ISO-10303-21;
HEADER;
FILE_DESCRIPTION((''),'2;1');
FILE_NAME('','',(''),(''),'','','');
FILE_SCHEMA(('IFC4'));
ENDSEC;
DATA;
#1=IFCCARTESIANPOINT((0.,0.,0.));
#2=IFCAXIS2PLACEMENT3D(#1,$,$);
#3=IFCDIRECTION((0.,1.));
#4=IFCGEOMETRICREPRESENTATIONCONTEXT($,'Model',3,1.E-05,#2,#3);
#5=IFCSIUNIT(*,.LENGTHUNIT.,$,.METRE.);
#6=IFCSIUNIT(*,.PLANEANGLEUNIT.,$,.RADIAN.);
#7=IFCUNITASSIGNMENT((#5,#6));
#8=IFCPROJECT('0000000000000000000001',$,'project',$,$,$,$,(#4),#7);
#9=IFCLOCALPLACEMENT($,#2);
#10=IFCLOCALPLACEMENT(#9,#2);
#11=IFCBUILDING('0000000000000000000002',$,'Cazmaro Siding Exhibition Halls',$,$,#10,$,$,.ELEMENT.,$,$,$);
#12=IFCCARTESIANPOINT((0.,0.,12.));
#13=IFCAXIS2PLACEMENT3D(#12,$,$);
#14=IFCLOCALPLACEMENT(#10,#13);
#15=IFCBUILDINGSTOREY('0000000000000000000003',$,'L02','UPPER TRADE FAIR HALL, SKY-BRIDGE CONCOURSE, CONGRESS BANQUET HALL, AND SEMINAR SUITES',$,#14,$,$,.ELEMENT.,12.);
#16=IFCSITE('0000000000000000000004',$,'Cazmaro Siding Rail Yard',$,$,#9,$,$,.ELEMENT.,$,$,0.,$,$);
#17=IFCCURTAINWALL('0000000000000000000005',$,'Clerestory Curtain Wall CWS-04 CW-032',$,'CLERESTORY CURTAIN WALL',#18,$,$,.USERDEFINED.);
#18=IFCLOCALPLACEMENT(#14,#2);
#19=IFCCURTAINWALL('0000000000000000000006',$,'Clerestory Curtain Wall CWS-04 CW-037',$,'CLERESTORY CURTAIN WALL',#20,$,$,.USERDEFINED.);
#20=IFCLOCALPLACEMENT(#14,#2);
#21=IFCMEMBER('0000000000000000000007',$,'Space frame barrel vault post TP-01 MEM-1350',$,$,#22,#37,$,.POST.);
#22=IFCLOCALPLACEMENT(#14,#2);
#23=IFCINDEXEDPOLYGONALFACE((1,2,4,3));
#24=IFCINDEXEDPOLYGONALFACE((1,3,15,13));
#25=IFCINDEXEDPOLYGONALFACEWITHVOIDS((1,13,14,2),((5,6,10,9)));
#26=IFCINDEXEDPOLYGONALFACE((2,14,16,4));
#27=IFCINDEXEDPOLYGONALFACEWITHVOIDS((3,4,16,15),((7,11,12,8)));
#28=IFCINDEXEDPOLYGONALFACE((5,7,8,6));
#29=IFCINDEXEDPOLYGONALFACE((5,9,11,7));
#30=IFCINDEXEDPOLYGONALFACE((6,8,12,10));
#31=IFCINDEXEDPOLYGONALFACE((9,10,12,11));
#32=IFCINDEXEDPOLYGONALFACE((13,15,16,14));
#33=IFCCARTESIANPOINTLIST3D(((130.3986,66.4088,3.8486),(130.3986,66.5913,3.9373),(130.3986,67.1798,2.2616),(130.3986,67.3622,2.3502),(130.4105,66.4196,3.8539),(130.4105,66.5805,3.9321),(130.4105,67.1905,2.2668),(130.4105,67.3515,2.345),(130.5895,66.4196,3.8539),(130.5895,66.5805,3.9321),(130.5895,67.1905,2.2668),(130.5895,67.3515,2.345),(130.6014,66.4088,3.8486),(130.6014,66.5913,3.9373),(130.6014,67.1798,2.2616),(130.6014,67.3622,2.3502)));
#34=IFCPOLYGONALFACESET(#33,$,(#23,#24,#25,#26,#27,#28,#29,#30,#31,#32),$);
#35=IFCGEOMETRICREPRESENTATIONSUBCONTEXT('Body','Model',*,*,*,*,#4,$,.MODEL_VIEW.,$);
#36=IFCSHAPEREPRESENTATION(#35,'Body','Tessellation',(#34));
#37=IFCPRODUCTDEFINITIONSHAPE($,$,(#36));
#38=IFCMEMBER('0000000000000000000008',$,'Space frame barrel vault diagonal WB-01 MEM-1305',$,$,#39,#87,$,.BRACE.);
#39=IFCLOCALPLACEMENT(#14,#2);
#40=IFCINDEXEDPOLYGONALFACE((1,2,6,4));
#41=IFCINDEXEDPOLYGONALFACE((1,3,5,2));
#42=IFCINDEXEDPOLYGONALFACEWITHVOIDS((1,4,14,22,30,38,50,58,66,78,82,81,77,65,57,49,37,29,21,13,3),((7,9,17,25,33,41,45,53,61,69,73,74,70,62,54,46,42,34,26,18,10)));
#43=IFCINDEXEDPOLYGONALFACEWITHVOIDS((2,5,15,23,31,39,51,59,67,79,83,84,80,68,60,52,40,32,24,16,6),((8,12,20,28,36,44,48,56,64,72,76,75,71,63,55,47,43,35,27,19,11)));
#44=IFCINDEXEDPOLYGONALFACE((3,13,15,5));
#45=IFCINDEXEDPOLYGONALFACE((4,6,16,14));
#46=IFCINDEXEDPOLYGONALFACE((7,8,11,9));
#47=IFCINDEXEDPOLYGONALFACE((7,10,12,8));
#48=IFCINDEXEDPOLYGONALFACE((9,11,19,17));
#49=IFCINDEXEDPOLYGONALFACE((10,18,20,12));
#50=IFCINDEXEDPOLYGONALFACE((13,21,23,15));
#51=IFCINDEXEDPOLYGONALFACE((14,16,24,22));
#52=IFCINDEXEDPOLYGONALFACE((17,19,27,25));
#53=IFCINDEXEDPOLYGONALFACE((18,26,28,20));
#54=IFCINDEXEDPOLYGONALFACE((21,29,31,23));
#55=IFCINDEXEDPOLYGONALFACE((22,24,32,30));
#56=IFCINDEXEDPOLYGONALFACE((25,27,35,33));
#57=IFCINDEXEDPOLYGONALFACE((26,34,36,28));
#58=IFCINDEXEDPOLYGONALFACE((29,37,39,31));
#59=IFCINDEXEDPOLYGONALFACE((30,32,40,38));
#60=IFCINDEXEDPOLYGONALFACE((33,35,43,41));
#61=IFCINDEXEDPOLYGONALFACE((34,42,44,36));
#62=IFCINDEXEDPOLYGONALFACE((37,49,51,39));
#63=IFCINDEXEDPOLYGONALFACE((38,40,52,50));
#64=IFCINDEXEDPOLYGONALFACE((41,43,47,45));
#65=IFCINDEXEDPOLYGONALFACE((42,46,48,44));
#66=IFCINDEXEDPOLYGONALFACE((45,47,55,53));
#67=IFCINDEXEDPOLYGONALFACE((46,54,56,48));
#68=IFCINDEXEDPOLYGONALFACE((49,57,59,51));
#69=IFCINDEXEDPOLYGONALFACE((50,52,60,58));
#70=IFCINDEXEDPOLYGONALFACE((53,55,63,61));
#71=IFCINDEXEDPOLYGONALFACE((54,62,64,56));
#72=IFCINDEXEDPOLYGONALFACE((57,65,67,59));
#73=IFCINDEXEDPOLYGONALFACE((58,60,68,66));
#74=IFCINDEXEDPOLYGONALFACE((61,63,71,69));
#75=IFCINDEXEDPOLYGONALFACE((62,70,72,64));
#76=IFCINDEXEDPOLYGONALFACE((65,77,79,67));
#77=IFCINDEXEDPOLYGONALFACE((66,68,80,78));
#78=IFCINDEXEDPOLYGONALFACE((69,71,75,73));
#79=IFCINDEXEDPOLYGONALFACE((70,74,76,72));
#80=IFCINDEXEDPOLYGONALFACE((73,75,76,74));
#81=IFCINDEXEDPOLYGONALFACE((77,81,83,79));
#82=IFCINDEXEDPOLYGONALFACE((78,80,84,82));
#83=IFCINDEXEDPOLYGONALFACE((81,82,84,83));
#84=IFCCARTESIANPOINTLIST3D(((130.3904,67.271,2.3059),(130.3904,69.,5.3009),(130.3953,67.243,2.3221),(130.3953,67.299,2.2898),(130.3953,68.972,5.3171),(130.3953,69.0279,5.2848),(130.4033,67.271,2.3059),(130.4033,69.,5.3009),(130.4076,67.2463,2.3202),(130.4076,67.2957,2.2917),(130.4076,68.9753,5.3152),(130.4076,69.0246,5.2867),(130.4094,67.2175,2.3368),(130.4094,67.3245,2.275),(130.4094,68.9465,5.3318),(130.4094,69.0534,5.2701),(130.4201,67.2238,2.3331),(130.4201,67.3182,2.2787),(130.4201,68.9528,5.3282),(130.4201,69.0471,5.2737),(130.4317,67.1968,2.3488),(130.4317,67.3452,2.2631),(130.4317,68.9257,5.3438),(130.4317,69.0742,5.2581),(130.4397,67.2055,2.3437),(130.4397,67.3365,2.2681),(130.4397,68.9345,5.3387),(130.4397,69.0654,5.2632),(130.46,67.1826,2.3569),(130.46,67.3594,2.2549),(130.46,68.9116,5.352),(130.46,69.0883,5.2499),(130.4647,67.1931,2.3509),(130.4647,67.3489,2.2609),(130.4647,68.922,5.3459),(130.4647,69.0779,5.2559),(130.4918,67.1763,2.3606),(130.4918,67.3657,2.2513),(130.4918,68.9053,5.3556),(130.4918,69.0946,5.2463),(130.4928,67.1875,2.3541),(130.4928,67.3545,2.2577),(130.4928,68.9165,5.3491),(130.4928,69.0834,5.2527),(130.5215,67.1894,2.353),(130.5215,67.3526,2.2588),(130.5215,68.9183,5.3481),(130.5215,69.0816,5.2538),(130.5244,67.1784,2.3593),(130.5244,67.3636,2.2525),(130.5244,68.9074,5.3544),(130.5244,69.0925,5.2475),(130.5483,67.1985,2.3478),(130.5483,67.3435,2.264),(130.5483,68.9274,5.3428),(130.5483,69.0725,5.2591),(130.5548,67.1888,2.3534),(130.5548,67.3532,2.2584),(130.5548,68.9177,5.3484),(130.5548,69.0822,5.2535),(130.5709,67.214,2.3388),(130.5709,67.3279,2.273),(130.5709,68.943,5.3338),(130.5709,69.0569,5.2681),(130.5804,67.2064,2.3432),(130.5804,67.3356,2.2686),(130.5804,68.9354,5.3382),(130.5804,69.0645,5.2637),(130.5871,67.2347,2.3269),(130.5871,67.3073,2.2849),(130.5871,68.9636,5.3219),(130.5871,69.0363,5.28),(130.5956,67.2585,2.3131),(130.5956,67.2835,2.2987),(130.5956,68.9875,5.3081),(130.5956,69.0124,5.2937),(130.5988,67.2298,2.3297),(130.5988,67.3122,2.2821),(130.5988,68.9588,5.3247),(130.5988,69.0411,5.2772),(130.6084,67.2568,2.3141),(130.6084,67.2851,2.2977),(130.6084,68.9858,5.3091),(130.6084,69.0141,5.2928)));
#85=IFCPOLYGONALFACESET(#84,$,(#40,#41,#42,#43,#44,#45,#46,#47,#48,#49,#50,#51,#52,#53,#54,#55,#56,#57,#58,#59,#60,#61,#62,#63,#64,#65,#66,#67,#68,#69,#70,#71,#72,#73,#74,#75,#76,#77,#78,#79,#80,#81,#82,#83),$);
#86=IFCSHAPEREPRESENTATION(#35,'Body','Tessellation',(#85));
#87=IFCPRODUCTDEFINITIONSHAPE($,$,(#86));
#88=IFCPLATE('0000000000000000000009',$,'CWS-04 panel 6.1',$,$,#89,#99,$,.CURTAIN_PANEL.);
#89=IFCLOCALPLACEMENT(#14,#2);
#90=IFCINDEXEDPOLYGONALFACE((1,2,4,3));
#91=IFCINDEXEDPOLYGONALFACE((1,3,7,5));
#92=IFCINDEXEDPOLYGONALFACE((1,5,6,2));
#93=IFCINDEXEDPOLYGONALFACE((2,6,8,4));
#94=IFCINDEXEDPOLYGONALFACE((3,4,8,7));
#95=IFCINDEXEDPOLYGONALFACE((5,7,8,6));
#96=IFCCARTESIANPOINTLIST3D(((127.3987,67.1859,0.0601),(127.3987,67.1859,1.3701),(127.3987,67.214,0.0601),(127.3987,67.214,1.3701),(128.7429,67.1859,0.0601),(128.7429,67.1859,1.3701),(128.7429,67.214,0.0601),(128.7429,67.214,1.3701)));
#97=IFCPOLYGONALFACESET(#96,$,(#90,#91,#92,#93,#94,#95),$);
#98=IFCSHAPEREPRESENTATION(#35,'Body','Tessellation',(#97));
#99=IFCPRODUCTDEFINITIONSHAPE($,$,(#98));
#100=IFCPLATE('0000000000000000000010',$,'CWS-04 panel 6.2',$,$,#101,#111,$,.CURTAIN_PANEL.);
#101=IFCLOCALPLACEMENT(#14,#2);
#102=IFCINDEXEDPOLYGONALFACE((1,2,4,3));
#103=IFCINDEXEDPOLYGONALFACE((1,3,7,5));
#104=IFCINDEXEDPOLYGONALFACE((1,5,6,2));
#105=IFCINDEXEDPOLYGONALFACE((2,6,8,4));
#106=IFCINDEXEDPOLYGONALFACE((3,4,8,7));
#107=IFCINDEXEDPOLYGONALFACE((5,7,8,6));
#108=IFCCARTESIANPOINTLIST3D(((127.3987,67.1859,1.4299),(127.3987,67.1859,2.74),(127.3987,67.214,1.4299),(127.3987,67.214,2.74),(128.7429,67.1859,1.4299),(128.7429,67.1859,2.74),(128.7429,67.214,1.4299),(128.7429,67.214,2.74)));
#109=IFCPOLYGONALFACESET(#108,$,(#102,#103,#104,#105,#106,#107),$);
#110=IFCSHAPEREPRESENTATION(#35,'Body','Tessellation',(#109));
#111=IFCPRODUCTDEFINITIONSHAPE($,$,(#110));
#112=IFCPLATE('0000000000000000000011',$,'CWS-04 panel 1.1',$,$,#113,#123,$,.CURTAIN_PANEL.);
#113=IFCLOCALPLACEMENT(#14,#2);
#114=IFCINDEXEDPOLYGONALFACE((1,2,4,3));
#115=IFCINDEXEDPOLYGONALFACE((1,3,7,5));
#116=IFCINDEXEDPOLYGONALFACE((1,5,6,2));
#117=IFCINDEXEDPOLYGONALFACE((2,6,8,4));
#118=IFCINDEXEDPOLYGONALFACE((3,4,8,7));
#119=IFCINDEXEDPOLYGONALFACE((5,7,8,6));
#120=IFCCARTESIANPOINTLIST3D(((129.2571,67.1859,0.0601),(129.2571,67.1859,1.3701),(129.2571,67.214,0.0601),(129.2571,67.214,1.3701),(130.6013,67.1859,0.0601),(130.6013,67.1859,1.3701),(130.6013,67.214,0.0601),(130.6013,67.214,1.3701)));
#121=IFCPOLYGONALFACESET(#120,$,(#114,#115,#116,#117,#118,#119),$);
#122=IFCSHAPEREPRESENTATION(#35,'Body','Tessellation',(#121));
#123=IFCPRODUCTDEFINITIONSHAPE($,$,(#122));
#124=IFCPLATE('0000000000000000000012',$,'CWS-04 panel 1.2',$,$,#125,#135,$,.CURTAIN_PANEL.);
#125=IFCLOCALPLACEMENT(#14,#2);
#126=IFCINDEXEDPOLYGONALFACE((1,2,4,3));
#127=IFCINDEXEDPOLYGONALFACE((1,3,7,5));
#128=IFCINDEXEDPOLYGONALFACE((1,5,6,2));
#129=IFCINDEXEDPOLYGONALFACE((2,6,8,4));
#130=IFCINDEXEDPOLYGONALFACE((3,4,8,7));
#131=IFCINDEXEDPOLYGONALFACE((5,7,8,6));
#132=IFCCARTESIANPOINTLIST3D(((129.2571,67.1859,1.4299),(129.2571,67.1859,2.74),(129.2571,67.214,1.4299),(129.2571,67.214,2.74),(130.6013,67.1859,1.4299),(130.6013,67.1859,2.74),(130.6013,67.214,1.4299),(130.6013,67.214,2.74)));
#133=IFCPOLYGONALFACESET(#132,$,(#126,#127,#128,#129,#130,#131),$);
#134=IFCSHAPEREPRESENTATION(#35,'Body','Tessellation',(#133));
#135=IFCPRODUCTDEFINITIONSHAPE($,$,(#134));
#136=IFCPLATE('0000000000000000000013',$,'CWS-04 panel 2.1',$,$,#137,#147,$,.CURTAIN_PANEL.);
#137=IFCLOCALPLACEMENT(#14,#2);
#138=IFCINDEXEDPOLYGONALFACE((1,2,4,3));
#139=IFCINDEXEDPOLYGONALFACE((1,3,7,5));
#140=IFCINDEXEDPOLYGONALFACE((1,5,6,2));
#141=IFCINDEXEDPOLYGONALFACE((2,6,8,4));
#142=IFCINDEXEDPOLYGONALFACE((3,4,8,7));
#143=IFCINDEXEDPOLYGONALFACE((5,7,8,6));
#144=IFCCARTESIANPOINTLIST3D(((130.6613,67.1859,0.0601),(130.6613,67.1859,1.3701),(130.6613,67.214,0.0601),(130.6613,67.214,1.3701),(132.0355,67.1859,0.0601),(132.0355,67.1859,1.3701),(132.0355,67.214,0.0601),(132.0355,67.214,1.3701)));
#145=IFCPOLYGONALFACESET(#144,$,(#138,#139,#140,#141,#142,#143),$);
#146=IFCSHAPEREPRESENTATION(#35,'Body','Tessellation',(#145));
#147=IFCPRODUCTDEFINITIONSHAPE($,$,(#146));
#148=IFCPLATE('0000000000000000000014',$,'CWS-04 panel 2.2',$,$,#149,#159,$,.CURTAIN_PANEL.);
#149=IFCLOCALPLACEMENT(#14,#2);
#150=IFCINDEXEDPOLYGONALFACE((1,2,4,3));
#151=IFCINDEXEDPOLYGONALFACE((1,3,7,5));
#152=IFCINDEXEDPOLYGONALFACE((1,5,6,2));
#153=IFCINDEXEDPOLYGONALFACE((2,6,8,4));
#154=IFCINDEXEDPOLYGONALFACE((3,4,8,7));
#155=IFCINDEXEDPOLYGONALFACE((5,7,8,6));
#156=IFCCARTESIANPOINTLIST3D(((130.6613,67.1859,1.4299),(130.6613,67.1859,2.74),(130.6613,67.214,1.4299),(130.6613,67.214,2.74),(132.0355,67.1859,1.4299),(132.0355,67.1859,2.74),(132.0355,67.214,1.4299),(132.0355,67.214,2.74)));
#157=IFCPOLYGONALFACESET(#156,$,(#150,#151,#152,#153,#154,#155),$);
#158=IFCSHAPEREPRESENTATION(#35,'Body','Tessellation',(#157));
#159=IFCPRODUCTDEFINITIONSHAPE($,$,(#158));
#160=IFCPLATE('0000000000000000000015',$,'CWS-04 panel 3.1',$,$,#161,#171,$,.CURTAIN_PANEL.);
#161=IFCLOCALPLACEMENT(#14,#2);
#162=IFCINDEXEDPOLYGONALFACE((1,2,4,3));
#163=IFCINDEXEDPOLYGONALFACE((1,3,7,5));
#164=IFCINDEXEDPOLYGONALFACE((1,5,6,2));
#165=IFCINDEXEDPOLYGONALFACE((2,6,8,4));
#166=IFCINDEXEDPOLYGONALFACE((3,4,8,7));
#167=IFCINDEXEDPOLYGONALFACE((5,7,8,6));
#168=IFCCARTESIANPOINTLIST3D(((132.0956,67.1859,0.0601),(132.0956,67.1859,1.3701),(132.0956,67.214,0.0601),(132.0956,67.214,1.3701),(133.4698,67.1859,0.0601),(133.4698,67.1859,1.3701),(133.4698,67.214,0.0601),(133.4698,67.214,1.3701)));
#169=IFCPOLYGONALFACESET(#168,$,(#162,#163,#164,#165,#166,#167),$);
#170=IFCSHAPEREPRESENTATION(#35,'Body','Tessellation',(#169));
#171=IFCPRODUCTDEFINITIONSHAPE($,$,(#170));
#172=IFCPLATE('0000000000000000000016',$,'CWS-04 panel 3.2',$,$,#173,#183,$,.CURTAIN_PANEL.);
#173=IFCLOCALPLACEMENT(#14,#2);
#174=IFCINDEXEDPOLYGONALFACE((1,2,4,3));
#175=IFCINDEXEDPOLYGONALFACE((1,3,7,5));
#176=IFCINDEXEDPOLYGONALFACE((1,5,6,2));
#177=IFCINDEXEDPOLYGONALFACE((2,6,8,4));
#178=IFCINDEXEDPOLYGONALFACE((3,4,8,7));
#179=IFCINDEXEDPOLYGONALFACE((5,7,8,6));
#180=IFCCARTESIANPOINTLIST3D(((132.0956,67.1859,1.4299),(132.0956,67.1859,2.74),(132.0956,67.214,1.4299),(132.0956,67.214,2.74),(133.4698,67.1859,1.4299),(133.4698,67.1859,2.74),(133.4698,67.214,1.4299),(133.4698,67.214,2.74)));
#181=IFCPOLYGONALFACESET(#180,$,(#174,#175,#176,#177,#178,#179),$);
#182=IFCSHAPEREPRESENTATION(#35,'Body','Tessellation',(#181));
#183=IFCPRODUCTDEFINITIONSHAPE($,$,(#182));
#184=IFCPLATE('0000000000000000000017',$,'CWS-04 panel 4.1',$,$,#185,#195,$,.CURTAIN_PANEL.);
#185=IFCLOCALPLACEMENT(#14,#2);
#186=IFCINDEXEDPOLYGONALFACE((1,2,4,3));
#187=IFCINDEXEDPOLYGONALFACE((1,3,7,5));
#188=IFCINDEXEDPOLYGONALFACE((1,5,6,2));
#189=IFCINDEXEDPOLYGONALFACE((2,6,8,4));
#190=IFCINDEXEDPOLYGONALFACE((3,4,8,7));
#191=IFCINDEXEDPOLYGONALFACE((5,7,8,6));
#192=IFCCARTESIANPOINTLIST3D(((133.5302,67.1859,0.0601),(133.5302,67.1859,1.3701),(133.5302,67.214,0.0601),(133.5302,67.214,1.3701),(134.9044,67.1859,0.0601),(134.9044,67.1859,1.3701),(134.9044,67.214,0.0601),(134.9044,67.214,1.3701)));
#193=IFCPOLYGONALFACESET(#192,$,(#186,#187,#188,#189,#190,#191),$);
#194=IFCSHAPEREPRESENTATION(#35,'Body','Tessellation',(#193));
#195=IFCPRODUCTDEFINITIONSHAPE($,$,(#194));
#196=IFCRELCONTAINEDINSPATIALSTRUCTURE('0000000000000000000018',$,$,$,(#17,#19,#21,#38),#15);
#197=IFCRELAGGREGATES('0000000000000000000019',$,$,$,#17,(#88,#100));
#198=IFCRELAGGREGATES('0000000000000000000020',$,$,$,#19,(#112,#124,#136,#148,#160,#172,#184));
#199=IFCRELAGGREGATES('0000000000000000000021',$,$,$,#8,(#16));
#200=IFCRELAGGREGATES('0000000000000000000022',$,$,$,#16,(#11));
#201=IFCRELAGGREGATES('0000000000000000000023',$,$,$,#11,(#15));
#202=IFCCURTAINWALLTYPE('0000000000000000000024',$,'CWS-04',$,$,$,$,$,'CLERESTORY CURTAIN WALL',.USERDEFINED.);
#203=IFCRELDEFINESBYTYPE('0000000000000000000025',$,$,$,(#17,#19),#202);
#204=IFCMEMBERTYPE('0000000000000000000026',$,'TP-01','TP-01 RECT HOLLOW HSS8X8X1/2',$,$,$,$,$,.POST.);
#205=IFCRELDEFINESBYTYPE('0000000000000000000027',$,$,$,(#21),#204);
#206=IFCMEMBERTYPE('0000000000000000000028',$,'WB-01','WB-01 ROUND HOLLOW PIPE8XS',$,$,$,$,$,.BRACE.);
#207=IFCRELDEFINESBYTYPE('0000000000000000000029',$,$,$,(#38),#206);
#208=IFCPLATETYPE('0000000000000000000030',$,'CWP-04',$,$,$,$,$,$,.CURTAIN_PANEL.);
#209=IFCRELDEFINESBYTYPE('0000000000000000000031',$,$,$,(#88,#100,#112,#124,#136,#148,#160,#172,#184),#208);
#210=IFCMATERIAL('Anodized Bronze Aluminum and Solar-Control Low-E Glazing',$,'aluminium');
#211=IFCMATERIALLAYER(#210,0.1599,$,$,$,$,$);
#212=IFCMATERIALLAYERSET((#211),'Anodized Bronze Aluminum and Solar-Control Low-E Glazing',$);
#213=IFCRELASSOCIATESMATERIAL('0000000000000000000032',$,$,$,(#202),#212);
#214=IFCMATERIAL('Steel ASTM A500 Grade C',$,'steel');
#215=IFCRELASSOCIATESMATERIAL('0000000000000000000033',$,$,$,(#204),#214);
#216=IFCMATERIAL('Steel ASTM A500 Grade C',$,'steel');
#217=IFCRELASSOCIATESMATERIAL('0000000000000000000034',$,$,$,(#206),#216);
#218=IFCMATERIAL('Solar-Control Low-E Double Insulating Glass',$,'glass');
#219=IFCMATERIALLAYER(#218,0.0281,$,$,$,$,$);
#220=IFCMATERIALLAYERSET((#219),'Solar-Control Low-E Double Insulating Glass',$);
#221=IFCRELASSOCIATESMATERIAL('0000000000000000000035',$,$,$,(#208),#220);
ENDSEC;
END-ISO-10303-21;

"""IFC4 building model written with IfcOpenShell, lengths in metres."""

from ifc_helpers import new_model, si_unit, direction, frame, origin, origin_2d, place, context, subcontext, project, spatial, rectangle, hollow_rectangle, hollow_circle, extrude, material, layer, layer_set, material_profile, profile_set, type_object, element, aggregate, save


model = new_model("IFC4")

# Units and contexts
model_context = context("Model", 3, precision=1e-05, world=origin(), true_north=direction((0.0, 1.0)))
body_context = subcontext(model_context, "Body", "Model", "MODEL_VIEW")
ifc_project = project(units=[si_unit("LENGTHUNIT", "METRE"), si_unit("PLANEANGLEUNIT", "RADIAN")], contexts=[model_context])

# Site, building, storey
site_placement = place(None, origin())
site = spatial("IfcSite", under=ifc_project, at=site_placement, Name="Cazmaro Siding Rail Yard", CompositionType="ELEMENT", RefElevation=0.0)
building_placement = place(site_placement, origin())
building = spatial("IfcBuilding", under=site, at=building_placement, Name="Cazmaro Siding Exhibition Halls", CompositionType="ELEMENT")
storey_placement = place(building_placement, frame((0.0, 0.0, 12.0)))
storey = spatial("IfcBuildingStorey", under=building, at=storey_placement, Name="L02", Description="UPPER TRADE FAIR HALL, SKY-BRIDGE CONCOURSE, CONGRESS BANQUET HALL, AND SEMINAR SUITES", CompositionType="ELEMENT", Elevation=12.0)

# Curtain wall
ifc_material_1 = material(Name="Anodized Bronze Aluminum and Solar-Control Low-E Glazing", Category="aluminium")
ifc_layer_1 = layer(ifc_material_1, 0.1599)
ifc_layer_set_1 = layer_set([ifc_layer_1], Name="Anodized Bronze Aluminum and Solar-Control Low-E Glazing")
curtain_wall_type = type_object("IfcCurtainWallType", Name="CWS-04", ElementType="CLERESTORY CURTAIN WALL", PredefinedType="USERDEFINED", material=ifc_layer_set_1)
curtain_wall_1_placement = place(storey_placement, origin())
curtain_wall_1 = element("IfcCurtainWall", 1, at=curtain_wall_1_placement, inside=storey, type_object=curtain_wall_type, Name="Clerestory Curtain Wall CWS-04 CW-032", ObjectType="CLERESTORY CURTAIN WALL", PredefinedType="USERDEFINED")

# Curtain wall
curtain_wall_2_placement = place(storey_placement, origin())
curtain_wall_2 = element("IfcCurtainWall", 2, at=curtain_wall_2_placement, inside=storey, type_object=curtain_wall_type, Name="Clerestory Curtain Wall CWS-04 CW-037", ObjectType="CLERESTORY CURTAIN WALL", PredefinedType="USERDEFINED")

# Members
ifc_material_2 = material(Name="Steel ASTM A500 Grade C", Category="steel")
ifc_material_profile_1 = material_profile(ifc_material_2, hollow_rectangle(XDim=0.2029, YDim=0.2029, WallThickness=0.012, at=origin_2d()), Name="HSS8X8X1/2")
ifc_profile_set_1 = profile_set([ifc_material_profile_1], Name="Steel ASTM A500 Grade C")
member_type_1 = type_object("IfcMemberType", Name="TP-01", Description="TP-01 RECT HOLLOW HSS8X8X1/2", PredefinedType="POST", material=ifc_profile_set_1)
member_1_placement = place(storey_placement, frame((130.5, 67.271, 2.3059), z_axis=(0.0, -0.436946, 0.899488), x_axis=(1.0, 0.0, 0.0)))
element("IfcMember", 3, at=member_1_placement, inside=storey, type_object=member_type_1, Name="Space frame barrel vault post TP-01 MEM-1350", PredefinedType="POST", context=body_context, shape_type="SweptSolid", body=[
    extrude(hollow_rectangle(XDim=0.2029, YDim=0.2029, WallThickness=0.012, at=origin_2d()), origin(), (0.0, 0.0, 1.0), 1.7644),
])
ifc_material_3 = material(Name="Steel ASTM A500 Grade C", Category="steel")
ifc_material_profile_2 = material_profile(ifc_material_3, hollow_circle(Radius=0.1096, WallThickness=0.0129, at=origin_2d()), Name="PIPE8XS")
ifc_profile_set_2 = profile_set([ifc_material_profile_2], Name="Steel ASTM A500 Grade C")
member_type_2 = type_object("IfcMemberType", Name="WB-01", Description="WB-01 ROUND HOLLOW PIPE8XS", PredefinedType="BRACE", material=ifc_profile_set_2)
member_2_placement = place(storey_placement, frame((130.5, 67.271, 2.3059), z_axis=(0.0, 0.499951, 0.866054), x_axis=(-1.0, 0.0, 0.0)))
element("IfcMember", 4, at=member_2_placement, inside=storey, type_object=member_type_2, Name="Space frame barrel vault diagonal WB-01 MEM-1305", PredefinedType="BRACE", context=body_context, shape_type="SweptSolid", body=[
    extrude(hollow_circle(Radius=0.1096, WallThickness=0.0129, at=origin_2d()), origin(), (0.0, 0.0, 1.0), 3.4583),
])

# Plates
ifc_material_4 = material(Name="Solar-Control Low-E Double Insulating Glass", Category="glass")
ifc_layer_2 = layer(ifc_material_4, 0.0281)
ifc_layer_set_2 = layer_set([ifc_layer_2], Name="Solar-Control Low-E Double Insulating Glass")
plate_type = type_object("IfcPlateType", Name="CWP-04", PredefinedType="CURTAIN_PANEL", material=ifc_layer_set_2)
plate_1_placement = place(storey_placement, frame((128.0708, 67.2, 0.0601), z_axis=(0.0, 0.0, 1.0), x_axis=(1.0, 0.0, 0.0)))
plate_1 = element("IfcPlate", 5, at=plate_1_placement, type_object=plate_type, Name="CWS-04 panel 6.1", PredefinedType="CURTAIN_PANEL", context=body_context, shape_type="SweptSolid", body=[
    extrude(rectangle(XDim=1.3442, YDim=0.0281, at=origin_2d()), origin(), (0.0, 0.0, 1.0), 1.3101),
])
plate_2_placement = place(storey_placement, frame((128.0708, 67.2, 1.4299), z_axis=(0.0, 0.0, 1.0), x_axis=(1.0, 0.0, 0.0)))
plate_2 = element("IfcPlate", 6, at=plate_2_placement, type_object=plate_type, Name="CWS-04 panel 6.2", PredefinedType="CURTAIN_PANEL", context=body_context, shape_type="SweptSolid", body=[
    extrude(rectangle(XDim=1.3442, YDim=0.0281, at=origin_2d()), origin(), (0.0, 0.0, 1.0), 1.3101),
])
aggregate(curtain_wall_1, [plate_1, plate_2])
plate_3_placement = place(storey_placement, frame((129.9292, 67.2, 0.0601), z_axis=(0.0, 0.0, 1.0), x_axis=(1.0, 0.0, 0.0)))
plate_3 = element("IfcPlate", 7, at=plate_3_placement, type_object=plate_type, Name="CWS-04 panel 1.1", PredefinedType="CURTAIN_PANEL", context=body_context, shape_type="SweptSolid", body=[
    extrude(rectangle(XDim=1.3442, YDim=0.0281, at=origin_2d()), origin(), (0.0, 0.0, 1.0), 1.3101),
])
plate_4_placement = place(storey_placement, frame((129.9292, 67.2, 1.4299), z_axis=(0.0, 0.0, 1.0), x_axis=(1.0, 0.0, 0.0)))
plate_4 = element("IfcPlate", 8, at=plate_4_placement, type_object=plate_type, Name="CWS-04 panel 1.2", PredefinedType="CURTAIN_PANEL", context=body_context, shape_type="SweptSolid", body=[
    extrude(rectangle(XDim=1.3442, YDim=0.0281, at=origin_2d()), origin(), (0.0, 0.0, 1.0), 1.3101),
])
plate_5_placement = place(storey_placement, frame((131.3484, 67.2, 0.0601), z_axis=(0.0, 0.0, 1.0), x_axis=(1.0, 0.0, 0.0)))
plate_5 = element("IfcPlate", 9, at=plate_5_placement, type_object=plate_type, Name="CWS-04 panel 2.1", PredefinedType="CURTAIN_PANEL", context=body_context, shape_type="SweptSolid", body=[
    extrude(rectangle(XDim=1.3743, YDim=0.0281, at=origin_2d()), origin(), (0.0, 0.0, 1.0), 1.3101),
])
plate_6_placement = place(storey_placement, frame((131.3484, 67.2, 1.4299), z_axis=(0.0, 0.0, 1.0), x_axis=(1.0, 0.0, 0.0)))
plate_6 = element("IfcPlate", 10, at=plate_6_placement, type_object=plate_type, Name="CWS-04 panel 2.2", PredefinedType="CURTAIN_PANEL", context=body_context, shape_type="SweptSolid", body=[
    extrude(rectangle(XDim=1.3743, YDim=0.0281, at=origin_2d()), origin(), (0.0, 0.0, 1.0), 1.3101),
])
plate_7_placement = place(storey_placement, frame((132.7827, 67.2, 0.0601), z_axis=(0.0, 0.0, 1.0), x_axis=(1.0, 0.0, 0.0)))
plate_7 = element("IfcPlate", 11, at=plate_7_placement, type_object=plate_type, Name="CWS-04 panel 3.1", PredefinedType="CURTAIN_PANEL", context=body_context, shape_type="SweptSolid", body=[
    extrude(rectangle(XDim=1.3743, YDim=0.0281, at=origin_2d()), origin(), (0.0, 0.0, 1.0), 1.3101),
])
plate_8_placement = place(storey_placement, frame((132.7827, 67.2, 1.4299), z_axis=(0.0, 0.0, 1.0), x_axis=(1.0, 0.0, 0.0)))
plate_8 = element("IfcPlate", 12, at=plate_8_placement, type_object=plate_type, Name="CWS-04 panel 3.2", PredefinedType="CURTAIN_PANEL", context=body_context, shape_type="SweptSolid", body=[
    extrude(rectangle(XDim=1.3743, YDim=0.0281, at=origin_2d()), origin(), (0.0, 0.0, 1.0), 1.3101),
])
plate_9_placement = place(storey_placement, frame((134.2173, 67.2, 0.0601), z_axis=(0.0, 0.0, 1.0), x_axis=(1.0, 0.0, 0.0)))
plate_9 = element("IfcPlate", 13, at=plate_9_placement, type_object=plate_type, Name="CWS-04 panel 4.1", PredefinedType="CURTAIN_PANEL", context=body_context, shape_type="SweptSolid", body=[
    extrude(rectangle(XDim=1.3743, YDim=0.0281, at=origin_2d()), origin(), (0.0, 0.0, 1.0), 1.3101),
])
aggregate(curtain_wall_2, [plate_3, plate_4, plate_5, plate_6, plate_7, plate_8, plate_9])

save(model, "model.ifc")
